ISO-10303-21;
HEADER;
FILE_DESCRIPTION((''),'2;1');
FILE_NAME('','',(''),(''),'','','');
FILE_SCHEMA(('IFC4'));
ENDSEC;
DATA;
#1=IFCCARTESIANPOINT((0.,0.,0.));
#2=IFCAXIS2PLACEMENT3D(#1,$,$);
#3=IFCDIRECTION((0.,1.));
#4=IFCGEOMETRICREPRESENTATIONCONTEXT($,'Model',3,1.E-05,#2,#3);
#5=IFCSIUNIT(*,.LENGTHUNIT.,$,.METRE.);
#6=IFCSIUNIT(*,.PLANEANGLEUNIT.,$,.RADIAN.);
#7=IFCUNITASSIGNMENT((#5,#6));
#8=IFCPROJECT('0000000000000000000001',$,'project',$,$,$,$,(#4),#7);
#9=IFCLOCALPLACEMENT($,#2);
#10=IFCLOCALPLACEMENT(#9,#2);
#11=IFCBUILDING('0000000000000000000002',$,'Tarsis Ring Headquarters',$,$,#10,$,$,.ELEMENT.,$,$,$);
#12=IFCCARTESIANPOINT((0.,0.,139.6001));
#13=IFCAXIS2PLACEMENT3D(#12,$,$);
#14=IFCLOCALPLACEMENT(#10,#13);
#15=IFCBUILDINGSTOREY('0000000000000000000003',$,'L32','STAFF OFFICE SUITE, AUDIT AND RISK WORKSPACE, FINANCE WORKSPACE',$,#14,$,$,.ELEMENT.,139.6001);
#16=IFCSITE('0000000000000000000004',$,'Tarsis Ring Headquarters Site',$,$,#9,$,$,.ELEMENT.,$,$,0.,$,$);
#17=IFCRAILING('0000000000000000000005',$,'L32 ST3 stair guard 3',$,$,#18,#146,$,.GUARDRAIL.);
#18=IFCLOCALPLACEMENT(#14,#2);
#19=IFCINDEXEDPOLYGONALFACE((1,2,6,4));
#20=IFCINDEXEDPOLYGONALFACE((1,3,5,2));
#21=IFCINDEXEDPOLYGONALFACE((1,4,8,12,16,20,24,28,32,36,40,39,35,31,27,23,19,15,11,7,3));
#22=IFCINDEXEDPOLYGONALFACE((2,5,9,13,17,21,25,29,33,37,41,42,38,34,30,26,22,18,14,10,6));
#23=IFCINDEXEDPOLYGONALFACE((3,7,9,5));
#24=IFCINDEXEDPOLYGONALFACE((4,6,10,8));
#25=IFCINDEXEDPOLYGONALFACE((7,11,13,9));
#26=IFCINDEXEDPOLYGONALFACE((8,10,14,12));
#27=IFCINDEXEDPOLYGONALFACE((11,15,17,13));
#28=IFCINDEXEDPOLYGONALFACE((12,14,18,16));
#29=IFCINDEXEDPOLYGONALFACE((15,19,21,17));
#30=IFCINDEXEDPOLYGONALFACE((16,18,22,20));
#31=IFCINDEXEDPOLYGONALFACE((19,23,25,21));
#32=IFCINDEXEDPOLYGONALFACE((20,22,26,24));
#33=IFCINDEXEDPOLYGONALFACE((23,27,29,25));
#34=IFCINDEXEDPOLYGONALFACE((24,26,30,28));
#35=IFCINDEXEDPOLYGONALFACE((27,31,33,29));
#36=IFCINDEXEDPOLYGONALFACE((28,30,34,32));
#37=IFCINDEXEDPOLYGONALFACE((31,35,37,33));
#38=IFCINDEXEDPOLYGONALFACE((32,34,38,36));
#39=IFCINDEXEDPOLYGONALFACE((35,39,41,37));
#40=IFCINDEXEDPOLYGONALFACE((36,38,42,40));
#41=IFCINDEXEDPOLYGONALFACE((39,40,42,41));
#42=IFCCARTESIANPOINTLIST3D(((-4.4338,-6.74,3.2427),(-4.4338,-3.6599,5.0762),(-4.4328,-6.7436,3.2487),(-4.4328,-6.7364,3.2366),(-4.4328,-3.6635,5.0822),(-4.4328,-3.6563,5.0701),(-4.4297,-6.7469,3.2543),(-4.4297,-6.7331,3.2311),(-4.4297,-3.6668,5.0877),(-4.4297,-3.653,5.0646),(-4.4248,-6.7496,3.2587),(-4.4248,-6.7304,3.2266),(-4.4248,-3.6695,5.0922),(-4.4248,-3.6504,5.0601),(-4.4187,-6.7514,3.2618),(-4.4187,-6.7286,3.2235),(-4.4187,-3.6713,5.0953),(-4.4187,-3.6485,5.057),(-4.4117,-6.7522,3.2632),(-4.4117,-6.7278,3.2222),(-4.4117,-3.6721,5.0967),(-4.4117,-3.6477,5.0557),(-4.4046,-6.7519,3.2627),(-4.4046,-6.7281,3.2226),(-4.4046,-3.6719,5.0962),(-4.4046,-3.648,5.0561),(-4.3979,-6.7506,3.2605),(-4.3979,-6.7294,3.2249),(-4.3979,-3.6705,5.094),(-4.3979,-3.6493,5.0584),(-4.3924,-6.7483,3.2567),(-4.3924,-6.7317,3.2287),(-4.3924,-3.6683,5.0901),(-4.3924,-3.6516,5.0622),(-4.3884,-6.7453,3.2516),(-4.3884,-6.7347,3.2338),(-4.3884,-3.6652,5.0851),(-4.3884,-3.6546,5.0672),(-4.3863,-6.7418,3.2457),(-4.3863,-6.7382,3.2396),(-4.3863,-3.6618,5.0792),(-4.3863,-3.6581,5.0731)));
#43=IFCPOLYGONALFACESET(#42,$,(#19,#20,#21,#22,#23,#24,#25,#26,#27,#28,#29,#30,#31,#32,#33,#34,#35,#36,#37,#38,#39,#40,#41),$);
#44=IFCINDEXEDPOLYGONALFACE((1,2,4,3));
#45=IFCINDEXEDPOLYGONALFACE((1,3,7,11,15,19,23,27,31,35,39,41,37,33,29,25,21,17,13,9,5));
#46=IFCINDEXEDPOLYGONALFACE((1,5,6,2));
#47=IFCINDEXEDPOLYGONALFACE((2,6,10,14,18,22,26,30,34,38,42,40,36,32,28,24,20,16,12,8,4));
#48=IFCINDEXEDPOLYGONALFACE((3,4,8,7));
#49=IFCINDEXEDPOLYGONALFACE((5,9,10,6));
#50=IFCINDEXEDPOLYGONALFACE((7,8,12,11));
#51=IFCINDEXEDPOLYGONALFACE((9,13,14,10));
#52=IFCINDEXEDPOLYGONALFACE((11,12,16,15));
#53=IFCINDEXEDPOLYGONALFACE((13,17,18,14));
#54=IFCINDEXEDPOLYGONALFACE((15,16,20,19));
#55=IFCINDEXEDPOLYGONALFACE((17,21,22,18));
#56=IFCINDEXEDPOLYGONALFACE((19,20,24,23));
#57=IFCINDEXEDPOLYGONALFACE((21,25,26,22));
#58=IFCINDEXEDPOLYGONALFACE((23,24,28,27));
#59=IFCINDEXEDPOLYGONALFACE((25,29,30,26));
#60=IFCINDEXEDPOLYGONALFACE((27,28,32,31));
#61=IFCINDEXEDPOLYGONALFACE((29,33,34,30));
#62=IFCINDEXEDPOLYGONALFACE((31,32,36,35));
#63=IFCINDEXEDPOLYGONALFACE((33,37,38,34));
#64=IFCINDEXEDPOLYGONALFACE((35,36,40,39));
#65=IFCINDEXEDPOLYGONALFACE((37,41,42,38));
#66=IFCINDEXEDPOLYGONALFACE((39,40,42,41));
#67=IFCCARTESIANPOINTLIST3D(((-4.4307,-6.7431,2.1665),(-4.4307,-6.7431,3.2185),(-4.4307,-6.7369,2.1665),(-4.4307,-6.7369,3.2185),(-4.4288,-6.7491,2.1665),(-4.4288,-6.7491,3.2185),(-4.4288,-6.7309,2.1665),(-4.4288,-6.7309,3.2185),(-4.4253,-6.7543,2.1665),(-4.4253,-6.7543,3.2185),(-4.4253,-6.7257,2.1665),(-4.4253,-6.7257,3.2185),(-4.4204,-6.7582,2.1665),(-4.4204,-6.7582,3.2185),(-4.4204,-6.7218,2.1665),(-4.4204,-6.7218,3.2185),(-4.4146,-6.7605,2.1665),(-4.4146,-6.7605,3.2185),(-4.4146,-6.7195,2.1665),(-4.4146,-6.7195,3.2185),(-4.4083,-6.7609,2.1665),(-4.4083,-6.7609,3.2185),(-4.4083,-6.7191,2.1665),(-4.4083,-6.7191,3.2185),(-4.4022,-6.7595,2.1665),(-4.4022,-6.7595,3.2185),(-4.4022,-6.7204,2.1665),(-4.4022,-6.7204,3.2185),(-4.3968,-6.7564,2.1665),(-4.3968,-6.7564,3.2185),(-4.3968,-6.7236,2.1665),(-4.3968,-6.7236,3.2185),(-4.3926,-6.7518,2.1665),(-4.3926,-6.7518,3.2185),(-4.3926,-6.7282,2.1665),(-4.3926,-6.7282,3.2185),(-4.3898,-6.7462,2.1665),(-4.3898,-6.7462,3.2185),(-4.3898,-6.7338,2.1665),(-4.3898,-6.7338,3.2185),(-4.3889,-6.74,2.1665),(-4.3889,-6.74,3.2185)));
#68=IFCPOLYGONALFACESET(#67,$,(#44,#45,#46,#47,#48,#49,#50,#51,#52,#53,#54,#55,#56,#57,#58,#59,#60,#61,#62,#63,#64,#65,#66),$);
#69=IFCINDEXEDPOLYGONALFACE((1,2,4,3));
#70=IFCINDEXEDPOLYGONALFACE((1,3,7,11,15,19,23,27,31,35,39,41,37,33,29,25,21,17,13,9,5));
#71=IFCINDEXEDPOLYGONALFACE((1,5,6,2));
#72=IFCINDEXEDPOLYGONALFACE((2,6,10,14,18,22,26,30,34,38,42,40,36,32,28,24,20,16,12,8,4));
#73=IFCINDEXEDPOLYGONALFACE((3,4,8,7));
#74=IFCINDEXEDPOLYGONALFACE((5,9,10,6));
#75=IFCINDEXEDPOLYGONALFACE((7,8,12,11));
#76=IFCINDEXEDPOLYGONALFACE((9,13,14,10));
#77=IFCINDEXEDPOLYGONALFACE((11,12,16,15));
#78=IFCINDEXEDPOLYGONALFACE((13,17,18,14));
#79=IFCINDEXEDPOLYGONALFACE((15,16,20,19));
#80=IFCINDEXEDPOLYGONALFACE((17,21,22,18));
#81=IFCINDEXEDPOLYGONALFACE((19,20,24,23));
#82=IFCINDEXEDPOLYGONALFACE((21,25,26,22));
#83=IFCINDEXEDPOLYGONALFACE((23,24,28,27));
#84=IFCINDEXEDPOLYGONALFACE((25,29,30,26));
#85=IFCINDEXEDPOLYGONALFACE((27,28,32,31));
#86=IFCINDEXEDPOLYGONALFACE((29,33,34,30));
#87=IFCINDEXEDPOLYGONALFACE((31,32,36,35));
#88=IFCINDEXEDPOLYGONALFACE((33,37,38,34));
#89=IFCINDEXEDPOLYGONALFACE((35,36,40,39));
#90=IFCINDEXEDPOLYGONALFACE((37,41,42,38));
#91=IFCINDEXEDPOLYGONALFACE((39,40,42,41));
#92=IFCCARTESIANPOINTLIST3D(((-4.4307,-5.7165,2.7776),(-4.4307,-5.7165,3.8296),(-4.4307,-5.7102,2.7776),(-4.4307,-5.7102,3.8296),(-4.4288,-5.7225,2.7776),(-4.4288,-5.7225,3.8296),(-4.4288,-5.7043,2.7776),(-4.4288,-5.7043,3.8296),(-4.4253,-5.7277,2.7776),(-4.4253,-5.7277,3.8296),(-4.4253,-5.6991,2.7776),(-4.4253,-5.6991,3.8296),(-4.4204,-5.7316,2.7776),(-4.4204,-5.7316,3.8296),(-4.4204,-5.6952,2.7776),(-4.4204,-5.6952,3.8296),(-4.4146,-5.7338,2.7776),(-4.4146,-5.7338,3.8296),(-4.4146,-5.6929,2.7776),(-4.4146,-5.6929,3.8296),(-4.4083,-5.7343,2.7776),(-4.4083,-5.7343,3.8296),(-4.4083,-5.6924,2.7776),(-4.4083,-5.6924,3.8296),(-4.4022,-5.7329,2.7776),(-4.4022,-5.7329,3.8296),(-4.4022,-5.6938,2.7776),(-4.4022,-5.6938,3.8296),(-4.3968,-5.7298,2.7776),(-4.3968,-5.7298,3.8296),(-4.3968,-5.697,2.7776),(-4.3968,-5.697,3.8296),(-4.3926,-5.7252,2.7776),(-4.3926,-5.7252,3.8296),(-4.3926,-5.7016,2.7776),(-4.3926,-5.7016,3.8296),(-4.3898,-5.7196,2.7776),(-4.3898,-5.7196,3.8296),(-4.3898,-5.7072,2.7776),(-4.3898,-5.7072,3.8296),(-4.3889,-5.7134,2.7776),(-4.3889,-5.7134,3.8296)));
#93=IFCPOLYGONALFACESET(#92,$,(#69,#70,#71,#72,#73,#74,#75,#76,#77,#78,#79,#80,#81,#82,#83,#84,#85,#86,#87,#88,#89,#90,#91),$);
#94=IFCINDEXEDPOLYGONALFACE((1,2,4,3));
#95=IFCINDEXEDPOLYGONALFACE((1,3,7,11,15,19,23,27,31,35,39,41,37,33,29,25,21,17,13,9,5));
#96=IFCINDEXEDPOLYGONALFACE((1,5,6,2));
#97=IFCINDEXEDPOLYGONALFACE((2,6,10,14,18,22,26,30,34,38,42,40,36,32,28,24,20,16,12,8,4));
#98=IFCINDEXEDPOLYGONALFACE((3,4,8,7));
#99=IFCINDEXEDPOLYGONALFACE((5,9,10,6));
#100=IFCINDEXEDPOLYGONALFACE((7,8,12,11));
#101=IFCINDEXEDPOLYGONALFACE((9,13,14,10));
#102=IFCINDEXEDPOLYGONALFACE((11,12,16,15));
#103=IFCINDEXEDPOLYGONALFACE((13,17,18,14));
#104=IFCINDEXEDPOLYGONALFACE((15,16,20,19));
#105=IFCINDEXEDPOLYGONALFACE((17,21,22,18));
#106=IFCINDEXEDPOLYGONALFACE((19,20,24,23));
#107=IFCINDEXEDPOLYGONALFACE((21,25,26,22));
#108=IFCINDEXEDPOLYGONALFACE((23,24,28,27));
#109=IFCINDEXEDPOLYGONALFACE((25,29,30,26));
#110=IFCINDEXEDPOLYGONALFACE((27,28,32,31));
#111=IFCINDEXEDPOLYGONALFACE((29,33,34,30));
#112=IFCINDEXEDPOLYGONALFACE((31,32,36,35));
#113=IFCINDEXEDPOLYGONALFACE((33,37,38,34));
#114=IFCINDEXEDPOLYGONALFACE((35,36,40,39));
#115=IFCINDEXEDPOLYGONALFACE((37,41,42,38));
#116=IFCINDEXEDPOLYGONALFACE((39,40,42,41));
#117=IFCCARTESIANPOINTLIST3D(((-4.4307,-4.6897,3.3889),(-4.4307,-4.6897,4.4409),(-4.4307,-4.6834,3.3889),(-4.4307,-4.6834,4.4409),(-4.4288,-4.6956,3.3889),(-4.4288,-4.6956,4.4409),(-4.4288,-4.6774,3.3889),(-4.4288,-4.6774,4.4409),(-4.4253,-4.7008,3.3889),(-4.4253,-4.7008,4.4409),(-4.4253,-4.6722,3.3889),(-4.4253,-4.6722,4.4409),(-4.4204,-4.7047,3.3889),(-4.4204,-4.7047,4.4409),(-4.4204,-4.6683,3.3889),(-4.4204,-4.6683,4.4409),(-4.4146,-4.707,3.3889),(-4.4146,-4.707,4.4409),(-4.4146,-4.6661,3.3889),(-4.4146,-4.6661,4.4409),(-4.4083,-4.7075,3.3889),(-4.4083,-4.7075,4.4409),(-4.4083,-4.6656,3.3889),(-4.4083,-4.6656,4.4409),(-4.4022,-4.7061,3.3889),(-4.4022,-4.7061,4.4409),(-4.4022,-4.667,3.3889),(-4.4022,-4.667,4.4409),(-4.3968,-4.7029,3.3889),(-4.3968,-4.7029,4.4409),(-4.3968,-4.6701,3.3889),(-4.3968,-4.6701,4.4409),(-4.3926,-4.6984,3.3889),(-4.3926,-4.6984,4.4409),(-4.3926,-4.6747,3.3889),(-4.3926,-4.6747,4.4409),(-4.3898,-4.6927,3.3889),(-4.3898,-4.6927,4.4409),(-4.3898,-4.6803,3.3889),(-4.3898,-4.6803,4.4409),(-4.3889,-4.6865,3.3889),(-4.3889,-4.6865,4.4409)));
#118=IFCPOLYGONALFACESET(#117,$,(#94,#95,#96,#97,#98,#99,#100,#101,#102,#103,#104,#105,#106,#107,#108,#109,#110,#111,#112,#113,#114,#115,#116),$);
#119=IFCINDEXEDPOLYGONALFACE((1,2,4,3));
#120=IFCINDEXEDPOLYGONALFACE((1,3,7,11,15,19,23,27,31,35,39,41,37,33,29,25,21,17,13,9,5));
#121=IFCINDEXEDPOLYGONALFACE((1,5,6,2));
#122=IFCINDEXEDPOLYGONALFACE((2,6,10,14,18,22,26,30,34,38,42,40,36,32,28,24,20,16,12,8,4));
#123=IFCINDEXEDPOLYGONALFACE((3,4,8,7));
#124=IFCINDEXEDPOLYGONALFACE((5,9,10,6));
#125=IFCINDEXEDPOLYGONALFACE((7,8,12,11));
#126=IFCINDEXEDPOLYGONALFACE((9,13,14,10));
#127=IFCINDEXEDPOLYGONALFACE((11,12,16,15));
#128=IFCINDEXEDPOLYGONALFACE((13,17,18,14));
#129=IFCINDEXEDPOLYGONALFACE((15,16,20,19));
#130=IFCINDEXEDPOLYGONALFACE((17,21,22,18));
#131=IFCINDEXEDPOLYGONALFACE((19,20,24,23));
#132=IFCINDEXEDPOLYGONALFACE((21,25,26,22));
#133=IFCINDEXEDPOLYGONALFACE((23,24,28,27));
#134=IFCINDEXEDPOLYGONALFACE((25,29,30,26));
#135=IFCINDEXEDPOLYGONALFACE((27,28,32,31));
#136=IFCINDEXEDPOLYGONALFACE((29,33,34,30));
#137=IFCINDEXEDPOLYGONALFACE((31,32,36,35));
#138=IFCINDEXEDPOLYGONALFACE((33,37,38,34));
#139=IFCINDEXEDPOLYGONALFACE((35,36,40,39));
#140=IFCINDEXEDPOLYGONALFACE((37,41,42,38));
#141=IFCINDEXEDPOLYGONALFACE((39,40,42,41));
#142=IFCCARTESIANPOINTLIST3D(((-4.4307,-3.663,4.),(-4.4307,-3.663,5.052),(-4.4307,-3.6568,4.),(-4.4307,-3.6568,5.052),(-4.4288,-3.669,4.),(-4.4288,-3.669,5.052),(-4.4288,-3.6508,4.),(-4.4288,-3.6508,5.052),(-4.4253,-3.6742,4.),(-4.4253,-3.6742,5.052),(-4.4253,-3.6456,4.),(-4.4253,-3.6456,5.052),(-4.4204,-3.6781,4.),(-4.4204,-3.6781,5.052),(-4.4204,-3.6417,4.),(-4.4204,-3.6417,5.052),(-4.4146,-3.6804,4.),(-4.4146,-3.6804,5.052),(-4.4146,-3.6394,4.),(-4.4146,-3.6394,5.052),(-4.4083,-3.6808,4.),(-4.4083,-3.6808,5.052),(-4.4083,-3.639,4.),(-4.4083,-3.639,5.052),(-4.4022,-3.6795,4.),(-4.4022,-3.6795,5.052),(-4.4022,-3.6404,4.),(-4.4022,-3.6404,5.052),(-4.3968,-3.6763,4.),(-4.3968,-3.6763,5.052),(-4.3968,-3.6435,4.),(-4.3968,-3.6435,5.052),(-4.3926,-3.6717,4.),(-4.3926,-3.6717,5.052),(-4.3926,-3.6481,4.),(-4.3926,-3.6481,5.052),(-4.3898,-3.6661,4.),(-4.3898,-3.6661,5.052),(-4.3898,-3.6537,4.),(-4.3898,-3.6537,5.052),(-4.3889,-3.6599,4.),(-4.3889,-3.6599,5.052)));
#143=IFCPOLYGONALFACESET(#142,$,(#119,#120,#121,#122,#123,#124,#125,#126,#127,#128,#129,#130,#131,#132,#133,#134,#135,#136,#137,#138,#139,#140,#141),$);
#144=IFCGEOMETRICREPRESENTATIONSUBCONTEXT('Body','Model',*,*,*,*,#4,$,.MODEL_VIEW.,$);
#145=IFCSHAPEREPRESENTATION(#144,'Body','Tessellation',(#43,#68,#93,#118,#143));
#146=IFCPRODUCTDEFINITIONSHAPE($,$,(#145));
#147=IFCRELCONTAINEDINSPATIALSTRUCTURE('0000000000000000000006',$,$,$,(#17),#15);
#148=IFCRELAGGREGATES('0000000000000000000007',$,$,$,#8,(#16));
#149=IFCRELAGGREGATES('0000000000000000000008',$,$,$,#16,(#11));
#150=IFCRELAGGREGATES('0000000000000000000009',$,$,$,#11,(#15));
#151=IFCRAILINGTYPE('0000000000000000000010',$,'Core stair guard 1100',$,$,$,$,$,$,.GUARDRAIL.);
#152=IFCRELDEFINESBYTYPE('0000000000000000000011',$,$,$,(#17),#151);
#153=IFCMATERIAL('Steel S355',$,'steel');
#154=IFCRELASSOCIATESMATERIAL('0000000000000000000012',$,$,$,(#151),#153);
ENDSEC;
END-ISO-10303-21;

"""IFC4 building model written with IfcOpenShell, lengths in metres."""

from ifc_helpers import new_model, si_unit, direction, frame, origin, origin_2d, place, context, subcontext, project, spatial, circle, extrude, material, type_object, element, save


model = new_model("IFC4")

# Units and contexts
model_context = context("Model", 3, precision=1e-05, world=origin(), true_north=direction((0.0, 1.0)))
body_context = subcontext(model_context, "Body", "Model", "MODEL_VIEW")
ifc_project = project(units=[si_unit("LENGTHUNIT", "METRE"), si_unit("PLANEANGLEUNIT", "RADIAN")], contexts=[model_context])

# Site, building, storey
site_placement = place(None, origin())
site = spatial("IfcSite", under=ifc_project, at=site_placement, Name="Tarsis Ring Headquarters Site", CompositionType="ELEMENT", RefElevation=0.0)
building_placement = place(site_placement, origin())
building = spatial("IfcBuilding", under=site, at=building_placement, Name="Tarsis Ring Headquarters", CompositionType="ELEMENT")
storey_placement = place(building_placement, frame((0.0, 0.0, 139.6001)))
storey = spatial("IfcBuildingStorey", under=building, at=storey_placement, Name="L32", Description="STAFF OFFICE SUITE, AUDIT AND RISK WORKSPACE, FINANCE WORKSPACE", CompositionType="ELEMENT", Elevation=139.6001)

# Railing
ifc_material_1 = material(Name="Steel S355", Category="steel")
railing_type_1 = type_object("IfcRailingType", Name="Core stair guard 1100", PredefinedType="GUARDRAIL", material=ifc_material_1)
railing_1_placement = place(storey_placement, frame((-4.4099, -6.74, 2.1665)))
element("IfcRailing", 1, at=railing_1_placement, inside=storey, type_object=railing_type_1, Name="L32 ST3 stair guard 3", PredefinedType="GUARDRAIL", context=body_context, shape_type="SweptSolid", body=[
    extrude(circle(Radius=0.0239, at=origin_2d()), frame((0.0, 0.0, 1.0762), z_axis=(0.0, 0.859279, 0.511508), x_axis=(-1.0, 0.0, 0.0)), (0.0, 0.0, 1.0), 3.5845),
    extrude(circle(Radius=0.021, at=origin_2d()), origin(), (0.0, 0.0, 1.0), 1.052),
    extrude(circle(Radius=0.021, at=origin_2d()), frame((0.0, 1.0266, 0.6111)), (0.0, 0.0, 1.0), 1.052),
    extrude(circle(Radius=0.021, at=origin_2d()), frame((0.0, 2.0535, 1.2224)), (0.0, 0.0, 1.0), 1.052),
    extrude(circle(Radius=0.021, at=origin_2d()), frame((0.0, 3.0801, 1.8335)), (0.0, 0.0, 1.0), 1.052),
])

save(model, "model.ifc")
